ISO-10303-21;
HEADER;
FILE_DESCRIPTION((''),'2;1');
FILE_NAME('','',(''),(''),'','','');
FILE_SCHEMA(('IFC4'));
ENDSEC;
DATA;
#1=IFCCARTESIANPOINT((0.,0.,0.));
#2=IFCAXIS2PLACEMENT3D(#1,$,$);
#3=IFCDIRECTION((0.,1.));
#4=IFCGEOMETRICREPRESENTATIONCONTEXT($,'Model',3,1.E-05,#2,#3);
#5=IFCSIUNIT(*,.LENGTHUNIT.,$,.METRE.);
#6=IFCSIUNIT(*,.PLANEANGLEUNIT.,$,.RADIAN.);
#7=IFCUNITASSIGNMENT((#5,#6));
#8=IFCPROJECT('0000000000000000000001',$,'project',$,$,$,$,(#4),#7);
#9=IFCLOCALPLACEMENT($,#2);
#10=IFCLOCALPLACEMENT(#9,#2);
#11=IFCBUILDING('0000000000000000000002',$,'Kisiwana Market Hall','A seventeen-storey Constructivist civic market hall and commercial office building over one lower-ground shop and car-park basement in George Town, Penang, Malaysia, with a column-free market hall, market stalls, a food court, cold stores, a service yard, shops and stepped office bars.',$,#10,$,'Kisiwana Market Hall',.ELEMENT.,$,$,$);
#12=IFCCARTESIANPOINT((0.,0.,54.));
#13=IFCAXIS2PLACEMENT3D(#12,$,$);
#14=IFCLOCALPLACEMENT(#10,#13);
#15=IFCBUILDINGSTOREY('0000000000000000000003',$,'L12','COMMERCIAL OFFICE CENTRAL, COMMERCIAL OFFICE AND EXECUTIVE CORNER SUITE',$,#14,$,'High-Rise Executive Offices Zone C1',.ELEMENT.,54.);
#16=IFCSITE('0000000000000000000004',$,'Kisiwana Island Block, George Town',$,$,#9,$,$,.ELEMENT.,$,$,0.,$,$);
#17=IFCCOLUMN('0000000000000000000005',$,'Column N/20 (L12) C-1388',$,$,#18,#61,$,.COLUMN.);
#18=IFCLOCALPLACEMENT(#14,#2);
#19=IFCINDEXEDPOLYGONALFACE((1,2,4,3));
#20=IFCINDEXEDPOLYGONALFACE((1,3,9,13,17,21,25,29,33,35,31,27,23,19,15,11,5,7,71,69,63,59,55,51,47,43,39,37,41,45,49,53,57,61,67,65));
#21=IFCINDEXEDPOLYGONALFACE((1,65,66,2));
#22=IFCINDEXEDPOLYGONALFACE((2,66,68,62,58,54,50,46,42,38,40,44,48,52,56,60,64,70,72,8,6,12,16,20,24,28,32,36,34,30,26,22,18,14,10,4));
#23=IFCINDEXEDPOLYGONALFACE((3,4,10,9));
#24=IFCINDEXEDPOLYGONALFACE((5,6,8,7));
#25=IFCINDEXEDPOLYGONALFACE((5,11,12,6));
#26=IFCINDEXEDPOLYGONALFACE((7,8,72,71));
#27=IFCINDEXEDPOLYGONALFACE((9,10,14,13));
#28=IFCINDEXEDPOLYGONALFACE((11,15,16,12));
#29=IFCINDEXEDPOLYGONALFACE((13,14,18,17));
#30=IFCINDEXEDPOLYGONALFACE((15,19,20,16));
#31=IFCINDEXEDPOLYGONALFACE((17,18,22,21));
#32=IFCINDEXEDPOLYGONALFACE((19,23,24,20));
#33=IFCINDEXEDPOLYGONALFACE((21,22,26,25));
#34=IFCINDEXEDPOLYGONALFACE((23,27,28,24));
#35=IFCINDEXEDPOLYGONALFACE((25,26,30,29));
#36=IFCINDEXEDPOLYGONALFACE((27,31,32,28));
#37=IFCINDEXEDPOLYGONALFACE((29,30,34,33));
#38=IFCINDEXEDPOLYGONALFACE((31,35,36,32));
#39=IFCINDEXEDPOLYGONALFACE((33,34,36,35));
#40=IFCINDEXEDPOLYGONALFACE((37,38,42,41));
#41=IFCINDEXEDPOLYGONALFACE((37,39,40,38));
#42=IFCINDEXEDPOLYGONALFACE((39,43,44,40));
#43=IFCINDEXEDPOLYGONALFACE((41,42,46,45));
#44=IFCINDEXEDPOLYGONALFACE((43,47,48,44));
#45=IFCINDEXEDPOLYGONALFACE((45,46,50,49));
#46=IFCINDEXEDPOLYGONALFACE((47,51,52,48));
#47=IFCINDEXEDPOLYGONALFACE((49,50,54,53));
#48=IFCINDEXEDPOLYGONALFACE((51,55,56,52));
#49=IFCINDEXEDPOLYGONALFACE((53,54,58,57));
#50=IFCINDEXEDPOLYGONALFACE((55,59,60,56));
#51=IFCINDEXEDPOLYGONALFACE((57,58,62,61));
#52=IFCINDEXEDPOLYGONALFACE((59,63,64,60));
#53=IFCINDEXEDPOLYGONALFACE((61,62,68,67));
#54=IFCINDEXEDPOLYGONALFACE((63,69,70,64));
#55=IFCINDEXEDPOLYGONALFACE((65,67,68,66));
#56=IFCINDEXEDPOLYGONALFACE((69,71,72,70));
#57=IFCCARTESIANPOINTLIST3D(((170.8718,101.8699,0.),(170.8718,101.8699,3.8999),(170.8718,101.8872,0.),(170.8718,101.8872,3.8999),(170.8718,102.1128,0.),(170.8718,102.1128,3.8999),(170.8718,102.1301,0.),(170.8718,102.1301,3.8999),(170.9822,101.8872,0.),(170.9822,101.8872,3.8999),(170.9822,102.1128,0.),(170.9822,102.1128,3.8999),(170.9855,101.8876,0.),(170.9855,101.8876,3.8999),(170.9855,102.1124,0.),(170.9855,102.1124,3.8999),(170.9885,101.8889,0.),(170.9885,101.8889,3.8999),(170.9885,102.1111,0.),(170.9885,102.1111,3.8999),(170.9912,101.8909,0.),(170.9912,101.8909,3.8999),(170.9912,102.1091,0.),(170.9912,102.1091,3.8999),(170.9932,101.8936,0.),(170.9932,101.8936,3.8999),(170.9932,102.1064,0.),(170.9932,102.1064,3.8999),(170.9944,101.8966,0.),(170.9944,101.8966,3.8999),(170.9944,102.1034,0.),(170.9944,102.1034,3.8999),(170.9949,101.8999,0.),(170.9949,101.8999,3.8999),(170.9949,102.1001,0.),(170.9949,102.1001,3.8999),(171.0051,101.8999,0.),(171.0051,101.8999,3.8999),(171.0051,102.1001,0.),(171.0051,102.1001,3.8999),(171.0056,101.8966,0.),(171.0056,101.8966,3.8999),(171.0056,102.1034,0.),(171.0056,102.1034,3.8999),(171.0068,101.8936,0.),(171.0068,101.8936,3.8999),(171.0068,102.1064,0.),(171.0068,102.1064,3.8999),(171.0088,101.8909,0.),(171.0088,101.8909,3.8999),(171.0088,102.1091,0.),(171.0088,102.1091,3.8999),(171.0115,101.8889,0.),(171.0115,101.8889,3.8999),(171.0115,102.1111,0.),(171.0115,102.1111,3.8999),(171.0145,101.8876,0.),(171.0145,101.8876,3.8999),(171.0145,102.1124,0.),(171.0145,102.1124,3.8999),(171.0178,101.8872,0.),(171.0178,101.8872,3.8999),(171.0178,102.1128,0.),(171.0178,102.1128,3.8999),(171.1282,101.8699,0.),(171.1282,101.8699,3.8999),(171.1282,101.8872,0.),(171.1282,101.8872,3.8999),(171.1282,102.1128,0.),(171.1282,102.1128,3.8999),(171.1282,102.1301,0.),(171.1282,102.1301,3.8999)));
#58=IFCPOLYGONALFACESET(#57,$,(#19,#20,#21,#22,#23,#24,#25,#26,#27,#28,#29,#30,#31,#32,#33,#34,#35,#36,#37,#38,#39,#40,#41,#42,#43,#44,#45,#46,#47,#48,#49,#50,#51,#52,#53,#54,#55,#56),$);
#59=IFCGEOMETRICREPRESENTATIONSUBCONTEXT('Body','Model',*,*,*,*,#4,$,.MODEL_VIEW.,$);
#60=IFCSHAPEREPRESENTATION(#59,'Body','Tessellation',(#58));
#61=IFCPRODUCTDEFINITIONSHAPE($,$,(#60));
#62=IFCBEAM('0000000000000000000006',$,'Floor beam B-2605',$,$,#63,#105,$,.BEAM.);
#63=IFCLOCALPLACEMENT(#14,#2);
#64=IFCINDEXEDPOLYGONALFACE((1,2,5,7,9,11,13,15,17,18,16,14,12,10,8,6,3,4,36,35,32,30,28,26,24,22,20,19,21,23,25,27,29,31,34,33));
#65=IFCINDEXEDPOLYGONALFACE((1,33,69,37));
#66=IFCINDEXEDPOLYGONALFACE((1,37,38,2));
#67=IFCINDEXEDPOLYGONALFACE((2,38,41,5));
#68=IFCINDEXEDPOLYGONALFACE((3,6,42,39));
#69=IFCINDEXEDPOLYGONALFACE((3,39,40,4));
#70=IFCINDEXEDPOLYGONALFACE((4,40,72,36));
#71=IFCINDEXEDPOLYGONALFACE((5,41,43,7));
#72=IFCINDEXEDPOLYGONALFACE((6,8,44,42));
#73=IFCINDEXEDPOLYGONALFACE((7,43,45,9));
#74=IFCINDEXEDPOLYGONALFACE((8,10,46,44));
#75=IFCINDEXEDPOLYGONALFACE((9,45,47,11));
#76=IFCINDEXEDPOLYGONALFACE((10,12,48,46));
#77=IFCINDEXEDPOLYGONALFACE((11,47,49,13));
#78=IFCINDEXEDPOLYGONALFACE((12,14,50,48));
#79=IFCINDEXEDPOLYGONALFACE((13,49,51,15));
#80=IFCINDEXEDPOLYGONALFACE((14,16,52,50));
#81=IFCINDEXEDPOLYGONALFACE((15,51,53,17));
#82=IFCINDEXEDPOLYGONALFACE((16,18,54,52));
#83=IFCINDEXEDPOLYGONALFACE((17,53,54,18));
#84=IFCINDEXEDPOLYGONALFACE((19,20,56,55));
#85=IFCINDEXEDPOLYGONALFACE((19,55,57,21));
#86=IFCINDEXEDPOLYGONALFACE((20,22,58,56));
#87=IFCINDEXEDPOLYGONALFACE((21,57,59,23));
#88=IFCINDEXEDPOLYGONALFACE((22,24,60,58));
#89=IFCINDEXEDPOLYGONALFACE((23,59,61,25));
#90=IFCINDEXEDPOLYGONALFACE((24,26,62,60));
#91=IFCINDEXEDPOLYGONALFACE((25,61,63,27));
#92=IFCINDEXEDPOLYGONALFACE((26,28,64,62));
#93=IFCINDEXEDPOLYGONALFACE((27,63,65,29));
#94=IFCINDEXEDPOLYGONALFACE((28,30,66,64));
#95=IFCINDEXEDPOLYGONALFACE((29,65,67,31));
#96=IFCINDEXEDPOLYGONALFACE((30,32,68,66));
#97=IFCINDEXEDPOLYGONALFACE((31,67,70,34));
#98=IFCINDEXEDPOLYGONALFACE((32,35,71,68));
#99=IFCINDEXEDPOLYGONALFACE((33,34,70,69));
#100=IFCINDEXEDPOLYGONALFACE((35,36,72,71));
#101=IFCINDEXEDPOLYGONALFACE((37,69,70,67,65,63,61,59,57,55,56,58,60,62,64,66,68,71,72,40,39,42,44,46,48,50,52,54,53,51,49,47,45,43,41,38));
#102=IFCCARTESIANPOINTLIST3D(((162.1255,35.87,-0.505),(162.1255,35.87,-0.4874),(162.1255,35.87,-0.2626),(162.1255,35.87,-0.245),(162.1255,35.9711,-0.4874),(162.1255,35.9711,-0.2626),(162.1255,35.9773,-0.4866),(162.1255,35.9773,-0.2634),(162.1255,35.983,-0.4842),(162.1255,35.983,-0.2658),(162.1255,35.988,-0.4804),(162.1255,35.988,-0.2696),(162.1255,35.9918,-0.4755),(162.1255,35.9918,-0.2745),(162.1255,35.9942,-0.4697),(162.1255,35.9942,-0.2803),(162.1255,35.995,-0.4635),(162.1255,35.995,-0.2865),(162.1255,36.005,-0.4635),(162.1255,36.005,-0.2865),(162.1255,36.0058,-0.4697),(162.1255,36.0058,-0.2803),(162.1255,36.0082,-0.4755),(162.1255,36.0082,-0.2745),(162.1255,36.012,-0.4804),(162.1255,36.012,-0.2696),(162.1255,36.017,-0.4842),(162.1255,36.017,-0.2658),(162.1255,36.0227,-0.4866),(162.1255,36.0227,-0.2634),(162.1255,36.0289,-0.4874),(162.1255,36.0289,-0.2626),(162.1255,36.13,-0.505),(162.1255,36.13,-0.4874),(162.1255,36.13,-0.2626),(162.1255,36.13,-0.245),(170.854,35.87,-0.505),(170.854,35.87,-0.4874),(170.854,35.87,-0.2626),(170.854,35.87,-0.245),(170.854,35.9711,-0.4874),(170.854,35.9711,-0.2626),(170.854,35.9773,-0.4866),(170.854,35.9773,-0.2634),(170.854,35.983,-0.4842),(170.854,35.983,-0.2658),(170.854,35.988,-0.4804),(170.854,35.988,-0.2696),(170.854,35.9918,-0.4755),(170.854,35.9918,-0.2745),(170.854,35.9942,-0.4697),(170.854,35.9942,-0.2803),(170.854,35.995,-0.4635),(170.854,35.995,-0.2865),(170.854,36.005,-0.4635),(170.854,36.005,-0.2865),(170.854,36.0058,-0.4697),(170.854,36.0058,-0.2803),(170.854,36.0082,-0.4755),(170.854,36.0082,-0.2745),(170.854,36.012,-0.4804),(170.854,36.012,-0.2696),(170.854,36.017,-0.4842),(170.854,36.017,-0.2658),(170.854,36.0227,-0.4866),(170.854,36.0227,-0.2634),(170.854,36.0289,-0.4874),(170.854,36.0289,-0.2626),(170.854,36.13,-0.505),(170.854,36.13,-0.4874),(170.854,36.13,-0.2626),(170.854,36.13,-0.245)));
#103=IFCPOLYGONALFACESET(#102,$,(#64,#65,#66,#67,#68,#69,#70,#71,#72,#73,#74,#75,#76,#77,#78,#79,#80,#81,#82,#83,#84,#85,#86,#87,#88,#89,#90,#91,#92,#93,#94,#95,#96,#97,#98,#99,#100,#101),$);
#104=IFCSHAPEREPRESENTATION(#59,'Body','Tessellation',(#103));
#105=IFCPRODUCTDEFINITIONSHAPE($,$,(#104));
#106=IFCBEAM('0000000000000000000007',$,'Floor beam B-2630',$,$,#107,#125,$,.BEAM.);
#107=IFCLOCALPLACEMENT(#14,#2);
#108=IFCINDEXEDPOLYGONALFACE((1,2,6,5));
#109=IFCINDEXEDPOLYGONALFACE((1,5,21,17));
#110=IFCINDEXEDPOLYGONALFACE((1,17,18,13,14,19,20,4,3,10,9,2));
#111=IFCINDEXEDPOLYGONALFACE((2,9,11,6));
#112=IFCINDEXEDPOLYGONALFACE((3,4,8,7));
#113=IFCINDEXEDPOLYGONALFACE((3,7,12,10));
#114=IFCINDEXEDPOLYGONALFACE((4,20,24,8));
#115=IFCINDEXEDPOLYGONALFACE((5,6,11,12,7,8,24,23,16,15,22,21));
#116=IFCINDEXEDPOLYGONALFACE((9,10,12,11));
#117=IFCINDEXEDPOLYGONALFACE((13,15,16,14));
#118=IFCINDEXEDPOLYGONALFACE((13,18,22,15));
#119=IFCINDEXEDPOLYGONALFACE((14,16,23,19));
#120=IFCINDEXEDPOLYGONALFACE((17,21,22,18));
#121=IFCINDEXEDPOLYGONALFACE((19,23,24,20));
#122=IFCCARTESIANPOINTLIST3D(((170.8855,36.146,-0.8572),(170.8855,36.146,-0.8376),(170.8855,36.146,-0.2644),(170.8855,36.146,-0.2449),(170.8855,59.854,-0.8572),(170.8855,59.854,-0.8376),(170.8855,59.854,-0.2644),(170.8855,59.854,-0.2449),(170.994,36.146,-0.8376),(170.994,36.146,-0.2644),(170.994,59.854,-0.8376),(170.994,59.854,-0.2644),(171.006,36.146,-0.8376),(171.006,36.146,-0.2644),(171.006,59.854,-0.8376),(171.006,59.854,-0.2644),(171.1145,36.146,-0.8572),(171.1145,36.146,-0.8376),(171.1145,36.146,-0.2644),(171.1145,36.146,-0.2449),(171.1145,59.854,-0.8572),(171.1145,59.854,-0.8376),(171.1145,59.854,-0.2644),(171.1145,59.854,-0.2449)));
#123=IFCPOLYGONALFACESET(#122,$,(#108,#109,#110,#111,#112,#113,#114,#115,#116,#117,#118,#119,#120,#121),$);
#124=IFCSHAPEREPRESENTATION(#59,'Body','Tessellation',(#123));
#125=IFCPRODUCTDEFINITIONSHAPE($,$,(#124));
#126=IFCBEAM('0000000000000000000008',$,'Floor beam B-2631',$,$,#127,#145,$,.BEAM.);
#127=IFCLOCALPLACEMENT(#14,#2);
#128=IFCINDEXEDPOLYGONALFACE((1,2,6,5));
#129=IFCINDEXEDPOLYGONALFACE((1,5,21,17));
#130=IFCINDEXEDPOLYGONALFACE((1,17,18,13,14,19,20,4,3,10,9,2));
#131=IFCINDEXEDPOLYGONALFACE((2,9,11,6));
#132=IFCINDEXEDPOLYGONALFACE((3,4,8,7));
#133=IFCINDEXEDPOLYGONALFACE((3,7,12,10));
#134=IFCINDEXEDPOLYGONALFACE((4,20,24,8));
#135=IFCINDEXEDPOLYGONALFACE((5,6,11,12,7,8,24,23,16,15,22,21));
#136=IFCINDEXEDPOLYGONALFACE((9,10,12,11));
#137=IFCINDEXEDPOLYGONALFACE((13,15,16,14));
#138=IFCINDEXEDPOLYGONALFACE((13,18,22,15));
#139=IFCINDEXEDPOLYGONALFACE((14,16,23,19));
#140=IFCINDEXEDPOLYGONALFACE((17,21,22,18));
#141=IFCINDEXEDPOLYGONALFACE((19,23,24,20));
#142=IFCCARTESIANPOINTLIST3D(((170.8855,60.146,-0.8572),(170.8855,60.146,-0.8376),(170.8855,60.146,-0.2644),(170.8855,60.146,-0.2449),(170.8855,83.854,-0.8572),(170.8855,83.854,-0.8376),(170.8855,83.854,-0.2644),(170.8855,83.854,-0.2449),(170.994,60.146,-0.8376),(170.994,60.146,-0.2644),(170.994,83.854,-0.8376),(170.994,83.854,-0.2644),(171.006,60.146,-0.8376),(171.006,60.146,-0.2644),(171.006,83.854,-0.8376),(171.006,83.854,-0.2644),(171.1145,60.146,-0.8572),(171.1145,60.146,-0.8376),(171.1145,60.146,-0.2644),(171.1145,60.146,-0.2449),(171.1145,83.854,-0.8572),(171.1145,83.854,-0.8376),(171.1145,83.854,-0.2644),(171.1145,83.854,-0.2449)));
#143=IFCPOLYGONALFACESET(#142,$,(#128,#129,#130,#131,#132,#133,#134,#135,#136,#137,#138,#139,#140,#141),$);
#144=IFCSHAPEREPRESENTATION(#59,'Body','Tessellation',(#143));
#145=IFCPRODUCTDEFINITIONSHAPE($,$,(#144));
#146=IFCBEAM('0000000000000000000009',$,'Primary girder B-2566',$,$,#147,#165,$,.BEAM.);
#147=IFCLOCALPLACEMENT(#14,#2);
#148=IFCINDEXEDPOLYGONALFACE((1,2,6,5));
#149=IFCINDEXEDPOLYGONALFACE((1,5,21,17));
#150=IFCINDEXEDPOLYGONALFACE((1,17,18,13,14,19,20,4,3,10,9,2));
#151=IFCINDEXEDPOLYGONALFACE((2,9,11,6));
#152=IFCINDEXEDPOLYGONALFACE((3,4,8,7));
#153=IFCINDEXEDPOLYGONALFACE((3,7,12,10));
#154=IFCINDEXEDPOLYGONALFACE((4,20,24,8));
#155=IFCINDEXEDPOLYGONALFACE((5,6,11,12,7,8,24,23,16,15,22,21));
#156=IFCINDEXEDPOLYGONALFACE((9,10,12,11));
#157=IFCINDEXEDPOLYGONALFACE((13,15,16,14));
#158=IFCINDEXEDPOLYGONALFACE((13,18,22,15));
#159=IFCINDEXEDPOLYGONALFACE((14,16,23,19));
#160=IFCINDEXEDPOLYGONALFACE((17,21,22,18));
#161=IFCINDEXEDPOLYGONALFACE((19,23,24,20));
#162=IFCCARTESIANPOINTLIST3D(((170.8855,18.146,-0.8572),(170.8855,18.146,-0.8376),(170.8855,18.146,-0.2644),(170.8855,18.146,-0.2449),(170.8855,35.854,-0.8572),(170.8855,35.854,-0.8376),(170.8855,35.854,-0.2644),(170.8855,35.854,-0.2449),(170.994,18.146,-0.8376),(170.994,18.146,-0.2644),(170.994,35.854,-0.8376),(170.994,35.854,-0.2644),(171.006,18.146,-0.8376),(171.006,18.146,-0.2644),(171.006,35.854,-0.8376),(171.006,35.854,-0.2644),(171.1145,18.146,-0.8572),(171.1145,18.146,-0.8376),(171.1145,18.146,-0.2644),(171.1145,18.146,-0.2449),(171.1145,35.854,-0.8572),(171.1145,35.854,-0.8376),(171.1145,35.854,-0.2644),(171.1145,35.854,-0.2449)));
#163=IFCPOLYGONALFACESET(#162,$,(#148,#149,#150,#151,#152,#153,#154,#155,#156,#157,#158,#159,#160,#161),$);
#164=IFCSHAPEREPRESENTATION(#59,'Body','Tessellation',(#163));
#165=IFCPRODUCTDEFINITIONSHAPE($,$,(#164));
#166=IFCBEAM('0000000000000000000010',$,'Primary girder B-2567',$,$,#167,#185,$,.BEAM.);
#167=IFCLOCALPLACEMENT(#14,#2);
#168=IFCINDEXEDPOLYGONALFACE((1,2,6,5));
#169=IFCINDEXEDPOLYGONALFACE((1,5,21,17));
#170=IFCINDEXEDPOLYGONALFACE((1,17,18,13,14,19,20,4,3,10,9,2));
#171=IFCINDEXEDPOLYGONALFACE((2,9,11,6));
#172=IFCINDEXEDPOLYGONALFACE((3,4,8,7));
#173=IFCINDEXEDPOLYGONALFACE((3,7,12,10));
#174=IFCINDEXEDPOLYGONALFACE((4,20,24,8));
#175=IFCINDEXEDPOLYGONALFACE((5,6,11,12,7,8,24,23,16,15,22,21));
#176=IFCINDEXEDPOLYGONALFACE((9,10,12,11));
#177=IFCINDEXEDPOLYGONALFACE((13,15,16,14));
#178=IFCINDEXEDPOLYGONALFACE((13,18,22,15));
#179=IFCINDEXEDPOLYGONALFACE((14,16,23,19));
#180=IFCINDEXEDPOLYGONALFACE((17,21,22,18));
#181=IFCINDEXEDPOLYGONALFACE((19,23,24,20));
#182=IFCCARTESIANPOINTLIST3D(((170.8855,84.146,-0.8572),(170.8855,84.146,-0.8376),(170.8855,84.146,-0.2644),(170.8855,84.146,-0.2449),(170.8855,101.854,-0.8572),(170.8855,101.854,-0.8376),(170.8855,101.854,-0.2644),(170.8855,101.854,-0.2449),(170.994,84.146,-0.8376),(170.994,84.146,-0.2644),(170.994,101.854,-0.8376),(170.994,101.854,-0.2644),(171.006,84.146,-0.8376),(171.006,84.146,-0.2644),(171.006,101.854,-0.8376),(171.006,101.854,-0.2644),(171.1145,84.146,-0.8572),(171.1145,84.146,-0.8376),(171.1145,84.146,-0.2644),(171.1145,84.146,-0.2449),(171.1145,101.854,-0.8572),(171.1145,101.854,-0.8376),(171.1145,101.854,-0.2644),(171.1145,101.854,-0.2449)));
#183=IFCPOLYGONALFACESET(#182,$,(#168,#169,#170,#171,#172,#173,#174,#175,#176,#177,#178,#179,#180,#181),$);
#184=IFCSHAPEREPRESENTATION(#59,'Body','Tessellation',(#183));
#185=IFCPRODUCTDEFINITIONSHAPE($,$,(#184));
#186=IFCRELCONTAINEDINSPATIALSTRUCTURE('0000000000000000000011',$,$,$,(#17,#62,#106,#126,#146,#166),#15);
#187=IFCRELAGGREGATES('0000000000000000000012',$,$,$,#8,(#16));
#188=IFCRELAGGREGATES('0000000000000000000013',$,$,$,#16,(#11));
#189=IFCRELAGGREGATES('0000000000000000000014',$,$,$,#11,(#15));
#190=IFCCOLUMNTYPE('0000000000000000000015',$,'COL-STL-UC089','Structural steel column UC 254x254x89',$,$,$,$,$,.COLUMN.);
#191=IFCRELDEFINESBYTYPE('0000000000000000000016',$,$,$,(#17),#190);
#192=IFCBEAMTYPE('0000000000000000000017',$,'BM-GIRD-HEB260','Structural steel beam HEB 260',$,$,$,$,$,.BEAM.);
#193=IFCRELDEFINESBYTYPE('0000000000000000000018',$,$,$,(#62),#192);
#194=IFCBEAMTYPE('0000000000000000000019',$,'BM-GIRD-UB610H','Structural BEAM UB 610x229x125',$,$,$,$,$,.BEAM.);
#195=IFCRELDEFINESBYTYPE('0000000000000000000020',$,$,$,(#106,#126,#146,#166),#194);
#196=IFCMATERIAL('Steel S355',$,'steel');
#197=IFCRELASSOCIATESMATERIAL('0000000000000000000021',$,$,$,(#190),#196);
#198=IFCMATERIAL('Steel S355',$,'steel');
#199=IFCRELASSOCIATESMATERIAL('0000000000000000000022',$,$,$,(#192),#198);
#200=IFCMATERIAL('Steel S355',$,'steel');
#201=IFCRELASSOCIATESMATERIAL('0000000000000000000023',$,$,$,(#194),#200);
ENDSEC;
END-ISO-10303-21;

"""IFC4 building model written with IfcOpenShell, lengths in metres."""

from ifc_helpers import new_model, si_unit, direction, frame, origin, origin_2d, place, context, subcontext, project, spatial, i_section, extrude, material, material_profile, profile_set, type_object, element, save


model = new_model("IFC4")

# Units and contexts
model_context = context("Model", 3, precision=1e-05, world=origin(), true_north=direction((0.0, 1.0)))
body_context = subcontext(model_context, "Body", "Model", "MODEL_VIEW")
ifc_project = project(units=[si_unit("LENGTHUNIT", "METRE"), si_unit("PLANEANGLEUNIT", "RADIAN")], contexts=[model_context])

# Site, building, storey
site_placement = place(None, origin())
site = spatial("IfcSite", under=ifc_project, at=site_placement, Name="Kisiwana Island Block, George Town", CompositionType="ELEMENT", RefElevation=0.0)
building_placement = place(site_placement, origin())
building = spatial("IfcBuilding", under=site, at=building_placement, Name="Kisiwana Market Hall", Description="A seventeen-storey Constructivist civic market hall and commercial office building over one lower-ground shop and car-park basement in George Town, Penang, Malaysia, with a column-free market hall, market stalls, a food court, cold stores, a service yard, shops and stepped office bars.", LongName="Kisiwana Market Hall", CompositionType="ELEMENT")
storey_placement = place(building_placement, frame((0.0, 0.0, 54.0)))
storey = spatial("IfcBuildingStorey", under=building, at=storey_placement, Name="L12", Description="COMMERCIAL OFFICE CENTRAL, COMMERCIAL OFFICE AND EXECUTIVE CORNER SUITE", LongName="High-Rise Executive Offices Zone C1", CompositionType="ELEMENT", Elevation=54.0)

# Column
ifc_material_1 = material(Name="Steel S355", Category="steel")
ifc_material_profile_1 = material_profile(ifc_material_1, i_section(OverallWidth=0.2563, OverallDepth=0.2603, WebThickness=0.0103, FlangeThickness=0.0173, FilletRadius=0.0127, at=origin_2d()), Name="UC 254x254x89")
ifc_profile_set_1 = profile_set([ifc_material_profile_1], Name="Steel S355")
column_type = type_object("IfcColumnType", Name="COL-STL-UC089", Description="Structural steel column UC 254x254x89", PredefinedType="COLUMN", material=ifc_profile_set_1)
for number, where, z_axis, x_axis, name in (
    (1, (171.0, 102.0, 0.0), (0.0, 0.0, 1.0), (1.0, 0.0, 0.0), "Column N/20 (L12) C-1388"),
):
    element("IfcColumn", number, at=place(storey_placement, frame(where, z_axis=z_axis, x_axis=x_axis)), inside=storey, type_object=column_type, Name=name, PredefinedType="COLUMN", context=body_context, shape_type="SweptSolid", body=[
        extrude(i_section(OverallWidth=0.2563, OverallDepth=0.2603, WebThickness=0.0103, FlangeThickness=0.0173, FilletRadius=0.0127, at=origin_2d()), origin(), (0.0, 0.0, 1.0), 3.8999),
    ])

# Beams
ifc_material_2 = material(Name="Steel S355", Category="steel")
ifc_material_profile_2 = material_profile(ifc_material_2, i_section(OverallWidth=0.26, OverallDepth=0.26, WebThickness=0.01, FlangeThickness=0.0176, FilletRadius=0.0239, at=origin_2d()), Name="HEB 260")
ifc_profile_set_2 = profile_set([ifc_material_profile_2], Name="Steel S355")
beam_type_1 = type_object("IfcBeamType", Name="BM-GIRD-HEB260", Description="Structural steel beam HEB 260", PredefinedType="BEAM", material=ifc_profile_set_2)
beam_1_placement = place(storey_placement, frame((162.1255, 36.0, -0.375), z_axis=(1.0, 0.0, 0.0), x_axis=(0.0, 1.0, 0.0)))
element("IfcBeam", 2, at=beam_1_placement, inside=storey, type_object=beam_type_1, Name="Floor beam B-2605", PredefinedType="BEAM", context=body_context, shape_type="SweptSolid", body=[
    extrude(i_section(OverallWidth=0.26, OverallDepth=0.26, WebThickness=0.01, FlangeThickness=0.0176, FilletRadius=0.0239, at=origin_2d()), origin(), (0.0, 0.0, 1.0), 8.7285),
])
ifc_material_3 = material(Name="Steel S355", Category="steel")
ifc_material_profile_3 = material_profile(ifc_material_3, i_section(OverallWidth=0.229, OverallDepth=0.6123, WebThickness=0.012, FlangeThickness=0.0195, at=origin_2d()), Name="UB 610x229x125")
ifc_profile_set_3 = profile_set([ifc_material_profile_3], Name="Steel S355")
beam_type_2 = type_object("IfcBeamType", Name="BM-GIRD-UB610H", Description="Structural BEAM UB 610x229x125", PredefinedType="BEAM", material=ifc_profile_set_3)
for number, where, z_axis, x_axis, name in (
    (3, (171.0, 36.146, -0.551), (0.0, 1.0, 0.0), (-1.0, 0.0, 0.0), "Floor beam B-2630"),
    (4, (171.0, 60.146, -0.551), (0.0, 1.0, 0.0), (-1.0, 0.0, 0.0), "Floor beam B-2631"),
):
    element("IfcBeam", number, at=place(storey_placement, frame(where, z_axis=z_axis, x_axis=x_axis)), inside=storey, type_object=beam_type_2, Name=name, PredefinedType="BEAM", context=body_context, shape_type="SweptSolid", body=[
        extrude(i_section(OverallWidth=0.229, OverallDepth=0.6123, WebThickness=0.012, FlangeThickness=0.0195, at=origin_2d()), origin(), (0.0, 0.0, 1.0), 23.708),
    ])
for number, where, z_axis, x_axis, name in (
    (5, (171.0, 18.146, -0.551), (0.0, 1.0, 0.0), (-1.0, 0.0, 0.0), "Primary girder B-2566"),
    (6, (171.0, 84.146, -0.551), (0.0, 1.0, 0.0), (-1.0, 0.0, 0.0), "Primary girder B-2567"),
):
    element("IfcBeam", number, at=place(storey_placement, frame(where, z_axis=z_axis, x_axis=x_axis)), inside=storey, type_object=beam_type_2, Name=name, PredefinedType="BEAM", context=body_context, shape_type="SweptSolid", body=[
        extrude(i_section(OverallWidth=0.229, OverallDepth=0.6123, WebThickness=0.012, FlangeThickness=0.0195, at=origin_2d()), origin(), (0.0, 0.0, 1.0), 17.708),
    ])

save(model, "model.ifc")
